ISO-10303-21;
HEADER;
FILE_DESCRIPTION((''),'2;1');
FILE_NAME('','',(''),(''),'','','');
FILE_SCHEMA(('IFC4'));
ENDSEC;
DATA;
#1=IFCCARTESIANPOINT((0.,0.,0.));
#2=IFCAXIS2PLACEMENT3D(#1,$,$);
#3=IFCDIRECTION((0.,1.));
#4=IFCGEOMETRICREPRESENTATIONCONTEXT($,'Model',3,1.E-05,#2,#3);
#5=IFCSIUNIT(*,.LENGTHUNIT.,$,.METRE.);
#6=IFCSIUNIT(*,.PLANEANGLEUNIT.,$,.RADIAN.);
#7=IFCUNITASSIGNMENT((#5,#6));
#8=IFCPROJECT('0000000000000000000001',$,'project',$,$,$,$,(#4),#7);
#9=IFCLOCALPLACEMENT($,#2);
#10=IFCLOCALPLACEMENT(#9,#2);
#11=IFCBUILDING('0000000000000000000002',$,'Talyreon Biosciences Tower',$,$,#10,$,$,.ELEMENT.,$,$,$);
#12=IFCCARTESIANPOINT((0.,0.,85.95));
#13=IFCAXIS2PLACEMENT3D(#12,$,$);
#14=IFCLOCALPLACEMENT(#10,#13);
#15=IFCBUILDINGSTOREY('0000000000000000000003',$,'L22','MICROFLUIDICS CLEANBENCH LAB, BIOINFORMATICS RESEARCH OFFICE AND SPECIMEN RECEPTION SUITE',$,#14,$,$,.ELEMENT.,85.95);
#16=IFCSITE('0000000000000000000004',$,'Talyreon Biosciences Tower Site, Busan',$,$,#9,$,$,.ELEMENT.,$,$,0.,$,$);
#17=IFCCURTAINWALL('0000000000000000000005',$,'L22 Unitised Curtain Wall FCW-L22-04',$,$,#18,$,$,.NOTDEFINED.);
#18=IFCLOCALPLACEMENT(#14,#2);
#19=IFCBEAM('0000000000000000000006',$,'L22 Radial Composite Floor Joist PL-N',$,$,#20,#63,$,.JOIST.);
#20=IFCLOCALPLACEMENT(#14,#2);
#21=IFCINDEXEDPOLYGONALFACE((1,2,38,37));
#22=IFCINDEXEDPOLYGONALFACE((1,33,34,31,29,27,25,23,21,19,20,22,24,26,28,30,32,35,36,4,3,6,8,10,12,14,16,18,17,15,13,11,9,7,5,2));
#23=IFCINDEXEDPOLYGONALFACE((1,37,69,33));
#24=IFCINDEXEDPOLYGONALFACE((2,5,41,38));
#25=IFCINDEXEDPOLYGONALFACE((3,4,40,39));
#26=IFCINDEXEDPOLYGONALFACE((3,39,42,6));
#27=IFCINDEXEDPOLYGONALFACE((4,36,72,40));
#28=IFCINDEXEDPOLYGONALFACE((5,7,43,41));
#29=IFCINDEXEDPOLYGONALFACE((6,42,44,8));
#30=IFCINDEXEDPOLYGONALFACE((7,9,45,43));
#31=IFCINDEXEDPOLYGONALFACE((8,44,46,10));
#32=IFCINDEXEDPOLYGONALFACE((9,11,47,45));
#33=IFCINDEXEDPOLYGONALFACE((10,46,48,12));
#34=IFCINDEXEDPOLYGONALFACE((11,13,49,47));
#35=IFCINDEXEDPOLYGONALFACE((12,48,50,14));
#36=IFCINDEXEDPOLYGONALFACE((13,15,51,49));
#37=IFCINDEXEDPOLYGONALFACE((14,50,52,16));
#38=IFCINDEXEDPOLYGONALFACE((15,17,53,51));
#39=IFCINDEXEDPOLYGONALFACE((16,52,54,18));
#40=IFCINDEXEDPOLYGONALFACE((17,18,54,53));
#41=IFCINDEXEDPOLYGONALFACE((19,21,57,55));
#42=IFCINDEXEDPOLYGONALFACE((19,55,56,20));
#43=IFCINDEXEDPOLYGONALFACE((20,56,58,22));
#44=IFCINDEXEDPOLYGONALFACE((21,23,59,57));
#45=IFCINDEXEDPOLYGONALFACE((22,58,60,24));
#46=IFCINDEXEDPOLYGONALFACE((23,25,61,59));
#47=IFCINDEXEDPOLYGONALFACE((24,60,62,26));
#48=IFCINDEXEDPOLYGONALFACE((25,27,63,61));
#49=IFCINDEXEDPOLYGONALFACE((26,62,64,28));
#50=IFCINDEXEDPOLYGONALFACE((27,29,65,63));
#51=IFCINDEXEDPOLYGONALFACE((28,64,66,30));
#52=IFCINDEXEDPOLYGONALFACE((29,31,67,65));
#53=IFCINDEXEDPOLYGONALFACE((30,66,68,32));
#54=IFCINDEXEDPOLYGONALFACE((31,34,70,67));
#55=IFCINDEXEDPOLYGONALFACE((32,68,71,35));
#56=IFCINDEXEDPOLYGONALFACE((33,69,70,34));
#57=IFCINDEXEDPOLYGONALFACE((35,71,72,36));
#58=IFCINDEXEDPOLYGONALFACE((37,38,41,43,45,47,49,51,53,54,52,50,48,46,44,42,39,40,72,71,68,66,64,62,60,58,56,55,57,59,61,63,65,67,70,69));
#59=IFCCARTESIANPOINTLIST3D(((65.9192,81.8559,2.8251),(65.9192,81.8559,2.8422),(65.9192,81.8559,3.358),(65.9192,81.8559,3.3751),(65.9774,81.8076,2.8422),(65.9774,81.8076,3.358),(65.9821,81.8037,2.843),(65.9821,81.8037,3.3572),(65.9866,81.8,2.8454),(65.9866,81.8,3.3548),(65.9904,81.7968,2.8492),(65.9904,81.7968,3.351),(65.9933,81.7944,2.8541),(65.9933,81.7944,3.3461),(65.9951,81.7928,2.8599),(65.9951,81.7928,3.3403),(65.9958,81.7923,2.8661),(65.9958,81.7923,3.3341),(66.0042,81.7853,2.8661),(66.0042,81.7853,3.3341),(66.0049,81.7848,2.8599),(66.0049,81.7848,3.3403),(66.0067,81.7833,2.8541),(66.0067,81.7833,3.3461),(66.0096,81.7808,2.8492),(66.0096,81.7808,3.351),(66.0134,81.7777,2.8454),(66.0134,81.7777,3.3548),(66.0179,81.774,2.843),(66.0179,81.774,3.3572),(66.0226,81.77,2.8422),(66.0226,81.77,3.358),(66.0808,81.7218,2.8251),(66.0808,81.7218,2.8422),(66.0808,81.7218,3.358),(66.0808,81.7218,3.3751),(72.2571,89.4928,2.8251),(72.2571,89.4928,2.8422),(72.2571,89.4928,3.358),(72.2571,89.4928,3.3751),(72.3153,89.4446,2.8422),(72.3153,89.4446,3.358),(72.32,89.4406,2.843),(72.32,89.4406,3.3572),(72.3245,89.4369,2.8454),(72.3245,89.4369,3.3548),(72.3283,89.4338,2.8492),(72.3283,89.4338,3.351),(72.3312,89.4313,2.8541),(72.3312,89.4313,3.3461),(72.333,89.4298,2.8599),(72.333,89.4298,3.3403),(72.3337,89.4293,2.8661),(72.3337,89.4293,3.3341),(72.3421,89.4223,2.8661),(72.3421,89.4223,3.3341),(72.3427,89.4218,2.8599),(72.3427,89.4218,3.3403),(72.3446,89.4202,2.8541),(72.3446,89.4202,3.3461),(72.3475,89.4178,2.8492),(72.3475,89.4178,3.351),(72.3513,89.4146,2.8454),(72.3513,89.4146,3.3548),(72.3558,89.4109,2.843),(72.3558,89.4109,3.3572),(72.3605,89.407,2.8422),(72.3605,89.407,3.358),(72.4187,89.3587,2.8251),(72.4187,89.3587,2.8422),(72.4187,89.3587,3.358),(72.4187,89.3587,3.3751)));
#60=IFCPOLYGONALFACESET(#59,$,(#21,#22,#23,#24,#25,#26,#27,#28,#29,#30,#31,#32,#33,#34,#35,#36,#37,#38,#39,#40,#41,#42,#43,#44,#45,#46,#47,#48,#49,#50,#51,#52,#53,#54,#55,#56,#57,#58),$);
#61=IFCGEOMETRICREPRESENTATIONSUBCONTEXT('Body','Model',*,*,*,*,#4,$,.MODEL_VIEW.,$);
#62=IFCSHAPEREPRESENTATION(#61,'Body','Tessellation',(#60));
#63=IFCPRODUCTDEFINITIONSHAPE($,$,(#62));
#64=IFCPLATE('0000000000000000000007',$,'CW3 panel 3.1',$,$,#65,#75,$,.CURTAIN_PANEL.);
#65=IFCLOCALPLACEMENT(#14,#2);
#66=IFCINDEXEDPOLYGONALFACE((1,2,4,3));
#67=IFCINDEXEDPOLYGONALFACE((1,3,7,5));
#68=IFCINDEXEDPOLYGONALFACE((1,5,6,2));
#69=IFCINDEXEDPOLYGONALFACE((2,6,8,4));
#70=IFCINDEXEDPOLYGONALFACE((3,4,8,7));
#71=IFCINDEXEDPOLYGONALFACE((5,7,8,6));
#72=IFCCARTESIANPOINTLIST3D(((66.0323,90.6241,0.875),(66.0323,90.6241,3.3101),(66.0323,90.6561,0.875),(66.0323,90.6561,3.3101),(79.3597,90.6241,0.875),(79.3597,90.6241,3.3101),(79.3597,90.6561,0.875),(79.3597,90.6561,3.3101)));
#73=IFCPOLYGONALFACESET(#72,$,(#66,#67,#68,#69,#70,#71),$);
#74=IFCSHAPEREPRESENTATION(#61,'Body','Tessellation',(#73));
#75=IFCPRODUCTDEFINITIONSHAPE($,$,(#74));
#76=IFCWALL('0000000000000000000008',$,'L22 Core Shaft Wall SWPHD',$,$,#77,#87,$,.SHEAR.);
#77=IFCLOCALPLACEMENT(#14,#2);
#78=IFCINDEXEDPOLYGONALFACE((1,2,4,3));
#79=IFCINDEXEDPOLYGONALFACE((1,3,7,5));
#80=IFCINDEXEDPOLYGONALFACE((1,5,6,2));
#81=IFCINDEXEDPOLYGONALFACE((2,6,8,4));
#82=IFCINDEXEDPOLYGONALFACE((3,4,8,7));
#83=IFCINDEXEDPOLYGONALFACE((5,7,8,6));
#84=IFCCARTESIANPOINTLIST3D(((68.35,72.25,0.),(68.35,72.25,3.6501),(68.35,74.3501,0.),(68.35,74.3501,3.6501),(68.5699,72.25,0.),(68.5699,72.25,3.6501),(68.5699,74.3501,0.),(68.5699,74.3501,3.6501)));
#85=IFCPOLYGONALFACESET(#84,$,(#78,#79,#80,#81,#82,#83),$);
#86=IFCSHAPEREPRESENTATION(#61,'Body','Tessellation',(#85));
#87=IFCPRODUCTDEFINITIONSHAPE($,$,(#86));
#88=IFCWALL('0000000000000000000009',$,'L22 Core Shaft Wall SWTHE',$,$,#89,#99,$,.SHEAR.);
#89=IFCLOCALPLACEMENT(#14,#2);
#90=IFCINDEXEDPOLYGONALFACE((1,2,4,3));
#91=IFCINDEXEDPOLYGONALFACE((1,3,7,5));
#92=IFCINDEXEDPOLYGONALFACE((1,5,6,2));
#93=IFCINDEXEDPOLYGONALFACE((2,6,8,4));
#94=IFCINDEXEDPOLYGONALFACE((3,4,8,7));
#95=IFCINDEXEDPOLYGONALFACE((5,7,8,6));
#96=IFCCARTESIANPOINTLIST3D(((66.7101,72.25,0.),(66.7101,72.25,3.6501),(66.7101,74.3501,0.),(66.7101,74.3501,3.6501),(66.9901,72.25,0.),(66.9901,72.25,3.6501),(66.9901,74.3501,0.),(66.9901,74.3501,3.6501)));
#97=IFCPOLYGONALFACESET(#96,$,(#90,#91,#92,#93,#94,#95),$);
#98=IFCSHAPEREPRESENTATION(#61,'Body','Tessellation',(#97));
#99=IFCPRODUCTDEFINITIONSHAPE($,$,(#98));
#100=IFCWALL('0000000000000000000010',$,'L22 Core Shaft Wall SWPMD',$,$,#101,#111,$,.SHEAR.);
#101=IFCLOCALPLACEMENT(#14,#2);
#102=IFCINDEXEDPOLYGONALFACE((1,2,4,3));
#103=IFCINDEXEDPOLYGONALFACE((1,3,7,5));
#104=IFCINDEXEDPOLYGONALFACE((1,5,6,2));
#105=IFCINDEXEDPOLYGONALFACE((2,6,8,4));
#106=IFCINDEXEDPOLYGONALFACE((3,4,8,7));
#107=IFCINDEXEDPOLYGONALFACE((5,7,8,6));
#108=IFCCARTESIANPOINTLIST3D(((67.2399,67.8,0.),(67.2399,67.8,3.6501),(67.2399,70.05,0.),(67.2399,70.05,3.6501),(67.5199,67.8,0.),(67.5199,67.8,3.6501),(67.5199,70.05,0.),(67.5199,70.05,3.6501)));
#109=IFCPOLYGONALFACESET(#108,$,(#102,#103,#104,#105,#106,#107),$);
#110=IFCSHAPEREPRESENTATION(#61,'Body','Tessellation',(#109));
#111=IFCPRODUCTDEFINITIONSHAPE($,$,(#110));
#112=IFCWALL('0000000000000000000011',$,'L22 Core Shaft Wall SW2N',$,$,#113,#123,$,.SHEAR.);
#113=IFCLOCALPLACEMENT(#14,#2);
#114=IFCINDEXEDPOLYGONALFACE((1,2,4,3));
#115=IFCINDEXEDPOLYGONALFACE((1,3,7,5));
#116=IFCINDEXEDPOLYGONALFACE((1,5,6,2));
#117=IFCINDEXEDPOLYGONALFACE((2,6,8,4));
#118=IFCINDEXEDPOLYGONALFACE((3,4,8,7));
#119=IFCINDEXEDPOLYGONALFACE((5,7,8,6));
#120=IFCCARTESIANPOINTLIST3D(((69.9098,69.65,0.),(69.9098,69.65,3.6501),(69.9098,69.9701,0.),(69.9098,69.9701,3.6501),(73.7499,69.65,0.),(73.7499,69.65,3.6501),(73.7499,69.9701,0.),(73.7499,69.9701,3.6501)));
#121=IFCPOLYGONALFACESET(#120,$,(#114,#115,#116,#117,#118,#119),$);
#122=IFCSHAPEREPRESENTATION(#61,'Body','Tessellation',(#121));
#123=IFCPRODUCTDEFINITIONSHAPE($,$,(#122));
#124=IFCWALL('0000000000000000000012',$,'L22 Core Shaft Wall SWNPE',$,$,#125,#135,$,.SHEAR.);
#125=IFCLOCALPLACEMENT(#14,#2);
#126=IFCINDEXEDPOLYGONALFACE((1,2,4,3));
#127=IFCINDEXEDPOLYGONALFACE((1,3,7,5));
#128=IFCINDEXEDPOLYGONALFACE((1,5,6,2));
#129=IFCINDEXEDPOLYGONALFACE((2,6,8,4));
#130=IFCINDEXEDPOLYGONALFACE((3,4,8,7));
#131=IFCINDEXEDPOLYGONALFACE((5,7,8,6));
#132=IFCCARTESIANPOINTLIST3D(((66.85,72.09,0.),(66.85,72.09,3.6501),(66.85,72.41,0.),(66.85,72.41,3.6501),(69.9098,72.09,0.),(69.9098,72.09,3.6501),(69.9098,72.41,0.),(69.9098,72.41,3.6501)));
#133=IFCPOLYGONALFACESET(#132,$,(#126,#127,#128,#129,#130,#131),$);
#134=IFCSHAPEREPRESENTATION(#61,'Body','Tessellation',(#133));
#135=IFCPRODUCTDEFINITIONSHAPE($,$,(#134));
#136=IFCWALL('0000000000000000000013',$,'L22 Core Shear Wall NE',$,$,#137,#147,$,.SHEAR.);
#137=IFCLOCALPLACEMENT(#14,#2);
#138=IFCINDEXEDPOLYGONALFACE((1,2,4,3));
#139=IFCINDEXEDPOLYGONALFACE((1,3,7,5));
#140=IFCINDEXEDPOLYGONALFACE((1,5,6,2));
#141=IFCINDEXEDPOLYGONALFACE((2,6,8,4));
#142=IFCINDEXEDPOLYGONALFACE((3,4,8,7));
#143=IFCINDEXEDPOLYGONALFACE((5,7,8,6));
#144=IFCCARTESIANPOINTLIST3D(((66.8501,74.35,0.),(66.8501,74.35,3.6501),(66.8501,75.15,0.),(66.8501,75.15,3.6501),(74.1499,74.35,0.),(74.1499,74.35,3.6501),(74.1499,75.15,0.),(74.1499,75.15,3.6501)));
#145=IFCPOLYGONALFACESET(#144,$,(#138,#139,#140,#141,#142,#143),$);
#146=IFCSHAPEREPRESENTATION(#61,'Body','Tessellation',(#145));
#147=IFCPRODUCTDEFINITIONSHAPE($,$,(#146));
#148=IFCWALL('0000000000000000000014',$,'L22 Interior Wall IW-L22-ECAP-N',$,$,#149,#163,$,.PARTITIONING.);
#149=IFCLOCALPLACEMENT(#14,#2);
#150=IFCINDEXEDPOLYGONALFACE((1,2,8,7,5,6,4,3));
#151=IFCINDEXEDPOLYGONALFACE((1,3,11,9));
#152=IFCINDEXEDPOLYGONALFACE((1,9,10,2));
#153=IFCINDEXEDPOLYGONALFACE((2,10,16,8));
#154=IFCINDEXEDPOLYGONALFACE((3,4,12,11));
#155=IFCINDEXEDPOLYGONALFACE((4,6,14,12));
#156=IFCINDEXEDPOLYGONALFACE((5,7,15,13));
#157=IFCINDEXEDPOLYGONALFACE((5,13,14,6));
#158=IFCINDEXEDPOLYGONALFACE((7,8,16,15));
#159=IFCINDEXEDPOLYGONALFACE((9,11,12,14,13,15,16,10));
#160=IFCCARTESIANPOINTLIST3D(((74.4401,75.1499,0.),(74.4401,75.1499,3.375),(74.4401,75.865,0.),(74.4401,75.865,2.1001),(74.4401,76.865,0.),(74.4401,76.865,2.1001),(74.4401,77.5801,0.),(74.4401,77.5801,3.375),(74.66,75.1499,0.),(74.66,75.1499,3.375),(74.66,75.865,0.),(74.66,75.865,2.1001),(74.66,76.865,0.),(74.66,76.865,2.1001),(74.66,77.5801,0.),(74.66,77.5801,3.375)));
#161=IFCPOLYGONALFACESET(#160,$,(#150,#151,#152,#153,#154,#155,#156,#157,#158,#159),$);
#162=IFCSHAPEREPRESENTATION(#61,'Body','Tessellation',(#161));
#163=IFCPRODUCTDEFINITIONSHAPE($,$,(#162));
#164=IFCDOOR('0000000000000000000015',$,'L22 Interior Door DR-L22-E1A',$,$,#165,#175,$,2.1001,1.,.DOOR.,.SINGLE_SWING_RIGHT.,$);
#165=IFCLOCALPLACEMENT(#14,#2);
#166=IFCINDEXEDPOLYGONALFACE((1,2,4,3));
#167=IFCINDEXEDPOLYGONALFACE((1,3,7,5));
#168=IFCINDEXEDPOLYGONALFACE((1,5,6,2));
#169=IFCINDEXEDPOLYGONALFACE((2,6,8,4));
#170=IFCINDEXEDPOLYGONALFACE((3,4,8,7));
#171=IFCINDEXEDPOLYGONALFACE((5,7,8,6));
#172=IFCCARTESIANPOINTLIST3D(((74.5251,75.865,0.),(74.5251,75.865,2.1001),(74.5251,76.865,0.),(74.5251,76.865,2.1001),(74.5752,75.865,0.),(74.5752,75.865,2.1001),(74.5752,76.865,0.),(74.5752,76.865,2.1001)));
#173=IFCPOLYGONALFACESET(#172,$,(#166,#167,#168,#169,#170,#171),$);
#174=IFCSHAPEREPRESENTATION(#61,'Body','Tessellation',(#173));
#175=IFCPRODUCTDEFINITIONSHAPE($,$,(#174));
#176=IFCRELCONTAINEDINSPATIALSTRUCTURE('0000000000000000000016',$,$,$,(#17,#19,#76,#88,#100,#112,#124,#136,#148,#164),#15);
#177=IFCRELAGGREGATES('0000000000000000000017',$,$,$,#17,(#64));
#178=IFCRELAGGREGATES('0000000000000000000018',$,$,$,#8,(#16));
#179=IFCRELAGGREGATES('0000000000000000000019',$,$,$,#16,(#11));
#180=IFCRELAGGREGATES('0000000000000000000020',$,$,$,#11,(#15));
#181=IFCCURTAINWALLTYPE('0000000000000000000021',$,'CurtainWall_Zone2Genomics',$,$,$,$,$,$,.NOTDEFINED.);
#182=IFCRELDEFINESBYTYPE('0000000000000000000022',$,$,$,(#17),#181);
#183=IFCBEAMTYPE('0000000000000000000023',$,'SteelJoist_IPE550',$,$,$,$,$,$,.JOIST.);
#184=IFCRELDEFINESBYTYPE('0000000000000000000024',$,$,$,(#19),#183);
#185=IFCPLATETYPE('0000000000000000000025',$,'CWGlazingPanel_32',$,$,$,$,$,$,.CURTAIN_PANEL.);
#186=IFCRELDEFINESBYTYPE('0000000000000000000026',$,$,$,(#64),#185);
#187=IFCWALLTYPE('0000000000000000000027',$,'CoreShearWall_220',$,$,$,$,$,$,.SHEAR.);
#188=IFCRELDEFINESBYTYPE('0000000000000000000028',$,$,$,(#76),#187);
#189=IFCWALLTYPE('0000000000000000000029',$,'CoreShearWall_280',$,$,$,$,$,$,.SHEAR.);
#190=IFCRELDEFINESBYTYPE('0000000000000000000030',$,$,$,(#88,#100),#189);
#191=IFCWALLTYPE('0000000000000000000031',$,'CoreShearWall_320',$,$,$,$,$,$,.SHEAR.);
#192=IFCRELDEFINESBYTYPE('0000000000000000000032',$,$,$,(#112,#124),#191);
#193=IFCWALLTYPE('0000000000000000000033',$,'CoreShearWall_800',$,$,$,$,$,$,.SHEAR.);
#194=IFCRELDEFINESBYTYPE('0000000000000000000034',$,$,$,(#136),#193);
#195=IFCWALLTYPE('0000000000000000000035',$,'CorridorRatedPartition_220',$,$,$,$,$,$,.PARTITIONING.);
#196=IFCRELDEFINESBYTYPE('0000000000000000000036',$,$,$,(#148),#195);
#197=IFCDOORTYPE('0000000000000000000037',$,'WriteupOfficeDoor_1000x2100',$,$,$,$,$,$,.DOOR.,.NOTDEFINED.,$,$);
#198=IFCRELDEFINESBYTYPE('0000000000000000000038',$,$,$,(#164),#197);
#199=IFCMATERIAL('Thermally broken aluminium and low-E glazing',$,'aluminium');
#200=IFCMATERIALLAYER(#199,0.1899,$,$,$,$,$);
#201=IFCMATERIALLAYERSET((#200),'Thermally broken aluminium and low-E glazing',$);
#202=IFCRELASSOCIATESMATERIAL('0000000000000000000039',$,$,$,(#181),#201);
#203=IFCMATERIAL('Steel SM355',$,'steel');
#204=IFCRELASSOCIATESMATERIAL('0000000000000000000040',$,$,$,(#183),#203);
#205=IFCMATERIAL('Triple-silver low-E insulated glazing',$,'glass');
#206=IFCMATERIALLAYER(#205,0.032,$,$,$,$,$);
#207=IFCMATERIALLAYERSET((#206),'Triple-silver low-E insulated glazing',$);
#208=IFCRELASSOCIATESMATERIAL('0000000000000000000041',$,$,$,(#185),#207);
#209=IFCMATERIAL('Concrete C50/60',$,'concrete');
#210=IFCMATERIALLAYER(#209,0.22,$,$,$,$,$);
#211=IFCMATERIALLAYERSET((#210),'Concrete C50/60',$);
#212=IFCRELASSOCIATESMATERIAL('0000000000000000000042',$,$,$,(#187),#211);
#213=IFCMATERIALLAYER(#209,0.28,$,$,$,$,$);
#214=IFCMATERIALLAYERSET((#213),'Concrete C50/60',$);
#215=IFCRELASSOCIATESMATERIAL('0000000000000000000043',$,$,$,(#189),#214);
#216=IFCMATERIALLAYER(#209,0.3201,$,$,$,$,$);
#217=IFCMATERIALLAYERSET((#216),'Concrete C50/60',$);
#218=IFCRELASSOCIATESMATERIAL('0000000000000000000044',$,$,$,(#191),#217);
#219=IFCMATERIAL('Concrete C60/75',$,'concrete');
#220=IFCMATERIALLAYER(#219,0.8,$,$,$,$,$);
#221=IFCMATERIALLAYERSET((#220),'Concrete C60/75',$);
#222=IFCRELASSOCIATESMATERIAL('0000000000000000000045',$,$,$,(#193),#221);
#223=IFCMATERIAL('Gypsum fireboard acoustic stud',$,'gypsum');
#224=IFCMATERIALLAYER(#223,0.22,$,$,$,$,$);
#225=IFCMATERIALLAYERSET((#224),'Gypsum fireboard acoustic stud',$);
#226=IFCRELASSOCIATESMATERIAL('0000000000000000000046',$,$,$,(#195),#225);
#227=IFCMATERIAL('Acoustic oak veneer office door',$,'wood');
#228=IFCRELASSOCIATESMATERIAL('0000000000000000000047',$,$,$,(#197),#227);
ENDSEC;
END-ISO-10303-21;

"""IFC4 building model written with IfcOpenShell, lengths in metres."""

from ifc_helpers import new_model, si_unit, direction, frame, frame_2d, origin, origin_2d, place, context, subcontext, project, spatial, rectangle, i_section, extrude, material, layer, layer_set, material_profile, profile_set, type_object, element, fill, aggregate, save


model = new_model("IFC4")

# Units and contexts
model_context = context("Model", 3, precision=1e-05, world=origin(), true_north=direction((0.0, 1.0)))
body_context = subcontext(model_context, "Body", "Model", "MODEL_VIEW")
ifc_project = project(units=[si_unit("LENGTHUNIT", "METRE"), si_unit("PLANEANGLEUNIT", "RADIAN")], contexts=[model_context])

# Site, building, storey
site_placement = place(None, origin())
site = spatial("IfcSite", under=ifc_project, at=site_placement, Name="Talyreon Biosciences Tower Site, Busan", CompositionType="ELEMENT", RefElevation=0.0)
building_placement = place(site_placement, origin())
building = spatial("IfcBuilding", under=site, at=building_placement, Name="Talyreon Biosciences Tower", CompositionType="ELEMENT")
storey_placement = place(building_placement, frame((0.0, 0.0, 85.95)))
storey = spatial("IfcBuildingStorey", under=building, at=storey_placement, Name="L22", Description="MICROFLUIDICS CLEANBENCH LAB, BIOINFORMATICS RESEARCH OFFICE AND SPECIMEN RECEPTION SUITE", CompositionType="ELEMENT", Elevation=85.95)

# Shared definitions
ifc_material_1 = material(Name="Concrete C60/75", Category="concrete")
ifc_material_2 = material(Name="Concrete C50/60", Category="concrete")

# Curtain wall
ifc_material_3 = material(Name="Thermally broken aluminium and low-E glazing", Category="aluminium")
ifc_layer_1 = layer(ifc_material_3, 0.1899)
ifc_layer_set_1 = layer_set([ifc_layer_1], Name="Thermally broken aluminium and low-E glazing")
curtain_wall_type = type_object("IfcCurtainWallType", Name="CurtainWall_Zone2Genomics", PredefinedType="NOTDEFINED", material=ifc_layer_set_1)
curtain_wall_placement = place(storey_placement, origin())
curtain_wall = element("IfcCurtainWall", 1, at=curtain_wall_placement, inside=storey, type_object=curtain_wall_type, Name="L22 Unitised Curtain Wall FCW-L22-04", PredefinedType="NOTDEFINED")

# Beam
ifc_material_4 = material(Name="Steel SM355", Category="steel")
ifc_material_profile_1 = material_profile(ifc_material_4, i_section(OverallWidth=0.21, OverallDepth=0.55, WebThickness=0.011, FlangeThickness=0.0171, FilletRadius=0.0239, at=origin_2d()), Name="IPE550")
ifc_profile_set_1 = profile_set([ifc_material_profile_1], Name="Steel SM355")
beam_type_1 = type_object("IfcBeamType", Name="SteelJoist_IPE550", PredefinedType="JOIST", material=ifc_profile_set_1)
beam_1_placement = place(storey_placement, frame((66.0, 81.7888, 3.1001), z_axis=(0.638622, 0.76952, 0.0), x_axis=(-0.76952, 0.638622, 0.0)))
element("IfcBeam", 2, at=beam_1_placement, inside=storey, type_object=beam_type_1, Name="L22 Radial Composite Floor Joist PL-N", PredefinedType="JOIST", context=body_context, shape_type="SweptSolid", body=[
    extrude(i_section(OverallWidth=0.21, OverallDepth=0.55, WebThickness=0.011, FlangeThickness=0.0171, FilletRadius=0.0239, at=origin_2d()), origin(), (0.0, 0.0, 1.0), 9.9243),
])

# Plate
ifc_material_5 = material(Name="Triple-silver low-E insulated glazing", Category="glass")
ifc_layer_2 = layer(ifc_material_5, 0.032)
ifc_layer_set_2 = layer_set([ifc_layer_2], Name="Triple-silver low-E insulated glazing")
plate_type = type_object("IfcPlateType", Name="CWGlazingPanel_32", PredefinedType="CURTAIN_PANEL", material=ifc_layer_set_2)
plate_placement = place(storey_placement, frame((72.696, 90.6401, 0.875), z_axis=(0.0, 0.0, 1.0), x_axis=(1.0, 0.0, 0.0)))
plate = element("IfcPlate", 3, at=plate_placement, type_object=plate_type, Name="CW3 panel 3.1", PredefinedType="CURTAIN_PANEL", context=body_context, shape_type="SweptSolid", body=[
    extrude(rectangle(XDim=13.3274, YDim=0.032, at=origin_2d()), origin(), (0.0, 0.0, 1.0), 2.4351),
])
aggregate(curtain_wall, [plate])

# Walls
ifc_layer_3 = layer(ifc_material_2, 0.22)
ifc_layer_set_3 = layer_set([ifc_layer_3], Name="Concrete C50/60")
wall_type_1 = type_object("IfcWallType", Name="CoreShearWall_220", PredefinedType="SHEAR", material=ifc_layer_set_3)
wall_1_placement = place(storey_placement, frame((68.46, 72.25, 0.0), z_axis=(0.0, 0.0, 1.0), x_axis=(0.0, 1.0, 0.0)))
element("IfcWall", 4, at=wall_1_placement, inside=storey, type_object=wall_type_1, Name="L22 Core Shaft Wall SWPHD", PredefinedType="SHEAR", context=body_context, shape_type="SweptSolid", body=[
    extrude(rectangle(XDim=2.1001, YDim=0.22, at=frame_2d((1.05, 0.0))), origin(), (0.0, 0.0, 1.0), 3.6501),
])
ifc_layer_4 = layer(ifc_material_2, 0.28)
ifc_layer_set_4 = layer_set([ifc_layer_4], Name="Concrete C50/60")
wall_type_2 = type_object("IfcWallType", Name="CoreShearWall_280", PredefinedType="SHEAR", material=ifc_layer_set_4)
wall_2_placement = place(storey_placement, frame((66.8501, 72.25, 0.0), z_axis=(0.0, 0.0, 1.0), x_axis=(0.0, 1.0, 0.0)))
element("IfcWall", 5, at=wall_2_placement, inside=storey, type_object=wall_type_2, Name="L22 Core Shaft Wall SWTHE", PredefinedType="SHEAR", context=body_context, shape_type="SweptSolid", body=[
    extrude(rectangle(XDim=2.1001, YDim=0.28, at=frame_2d((1.05, 0.0))), origin(), (0.0, 0.0, 1.0), 3.6501),
])
wall_3_placement = place(storey_placement, frame((67.3799, 67.8, 0.0), z_axis=(0.0, 0.0, 1.0), x_axis=(0.0, 1.0, 0.0)))
element("IfcWall", 6, at=wall_3_placement, inside=storey, type_object=wall_type_2, Name="L22 Core Shaft Wall SWPMD", PredefinedType="SHEAR", context=body_context, shape_type="SweptSolid", body=[
    extrude(rectangle(XDim=2.25, YDim=0.28, at=frame_2d((1.125, 0.0))), origin(), (0.0, 0.0, 1.0), 3.6501),
])
ifc_layer_5 = layer(ifc_material_2, 0.3201)
ifc_layer_set_5 = layer_set([ifc_layer_5], Name="Concrete C50/60")
wall_type_3 = type_object("IfcWallType", Name="CoreShearWall_320", PredefinedType="SHEAR", material=ifc_layer_set_5)
wall_4_placement = place(storey_placement, frame((69.9099, 69.8101, 0.0), z_axis=(0.0, 0.0, 1.0), x_axis=(1.0, 0.0, 0.0)))
element("IfcWall", 7, at=wall_4_placement, inside=storey, type_object=wall_type_3, Name="L22 Core Shaft Wall SW2N", PredefinedType="SHEAR", context=body_context, shape_type="SweptSolid", body=[
    extrude(rectangle(XDim=3.8401, YDim=0.3201, at=frame_2d((1.9199, 0.0))), origin(), (0.0, 0.0, 1.0), 3.6501),
])
wall_5_placement = place(storey_placement, frame((66.8501, 72.25, 0.0), z_axis=(0.0, 0.0, 1.0), x_axis=(1.0, 0.0, 0.0)))
element("IfcWall", 8, at=wall_5_placement, inside=storey, type_object=wall_type_3, Name="L22 Core Shaft Wall SWNPE", PredefinedType="SHEAR", context=body_context, shape_type="SweptSolid", body=[
    extrude(rectangle(XDim=3.0598, YDim=0.3201, at=frame_2d((1.5298, 0.0))), origin(), (0.0, 0.0, 1.0), 3.6501),
])
ifc_layer_6 = layer(ifc_material_1, 0.8)
ifc_layer_set_6 = layer_set([ifc_layer_6], Name="Concrete C60/75")
wall_type_4 = type_object("IfcWallType", Name="CoreShearWall_800", PredefinedType="SHEAR", material=ifc_layer_set_6)
wall_6_placement = place(storey_placement, frame((74.1499, 74.75, 0.0), z_axis=(0.0, 0.0, 1.0), x_axis=(-1.0, 0.0, 0.0)))
element("IfcWall", 9, at=wall_6_placement, inside=storey, type_object=wall_type_4, Name="L22 Core Shear Wall NE", PredefinedType="SHEAR", context=body_context, shape_type="SweptSolid", body=[
    extrude(rectangle(XDim=7.2998, YDim=0.8, at=frame_2d((3.6499, 0.0))), origin(), (0.0, 0.0, 1.0), 3.6501),
])

# Wall, opening, door
ifc_material_6 = material(Name="Gypsum fireboard acoustic stud", Category="gypsum")
ifc_layer_7 = layer(ifc_material_6, 0.22)
ifc_layer_set_7 = layer_set([ifc_layer_7], Name="Gypsum fireboard acoustic stud")
wall_type_5 = type_object("IfcWallType", Name="CorridorRatedPartition_220", PredefinedType="PARTITIONING", material=ifc_layer_set_7)
wall_7_placement = place(storey_placement, frame((74.55, 75.1499, 0.0), z_axis=(0.0, 0.0, 1.0), x_axis=(0.0, 1.0, 0.0)))
wall_7 = element("IfcWall", 10, at=wall_7_placement, inside=storey, type_object=wall_type_5, Name="L22 Interior Wall IW-L22-ECAP-N", PredefinedType="PARTITIONING", context=body_context, shape_type="SweptSolid", body=[
    extrude(rectangle(XDim=2.4302, YDim=0.22, at=frame_2d((1.2151, 0.0))), origin(), (0.0, 0.0, 1.0), 3.375),
])
opening_1_placement = place(wall_7_placement, frame((0.7151, 0.0, 0.0)))
opening_1 = element("IfcOpeningElement", 11, at=opening_1_placement, cuts=wall_7, PredefinedType="OPENING", context=body_context, shape_type="SweptSolid", body=[
    extrude(rectangle(XDim=1.0, YDim=2.1001, at=frame_2d((0.5, 1.05))), frame((0.0, 0.1199, 0.0), z_axis=(0.0, -1.0, 0.0), x_axis=(1.0, 0.0, 0.0)), (0.0, 0.0, 1.0), 0.24),
])
ifc_material_7 = material(Name="Acoustic oak veneer office door", Category="wood")
door_type_1 = type_object("IfcDoorType", Name="WriteupOfficeDoor_1000x2100", OperationType="NOTDEFINED", PredefinedType="DOOR", material=ifc_material_7)
door_1_placement = place(opening_1_placement, origin())
door_1 = element("IfcDoor", 12, at=door_1_placement, inside=storey, type_object=door_type_1, Name="L22 Interior Door DR-L22-E1A", OperationType="SINGLE_SWING_RIGHT", OverallHeight=2.1001, OverallWidth=1.0, PredefinedType="DOOR", context=body_context, shape_type="SweptSolid", body=[
    extrude(rectangle(XDim=1.0, YDim=2.1001, at=frame_2d((0.5, 1.05))), frame((0.0, 0.0249, 0.0), z_axis=(0.0, -1.0, 0.0), x_axis=(1.0, 0.0, 0.0)), (0.0, 0.0, 1.0), 0.05),
])
fill(opening_1, door_1)

save(model, "model.ifc")
